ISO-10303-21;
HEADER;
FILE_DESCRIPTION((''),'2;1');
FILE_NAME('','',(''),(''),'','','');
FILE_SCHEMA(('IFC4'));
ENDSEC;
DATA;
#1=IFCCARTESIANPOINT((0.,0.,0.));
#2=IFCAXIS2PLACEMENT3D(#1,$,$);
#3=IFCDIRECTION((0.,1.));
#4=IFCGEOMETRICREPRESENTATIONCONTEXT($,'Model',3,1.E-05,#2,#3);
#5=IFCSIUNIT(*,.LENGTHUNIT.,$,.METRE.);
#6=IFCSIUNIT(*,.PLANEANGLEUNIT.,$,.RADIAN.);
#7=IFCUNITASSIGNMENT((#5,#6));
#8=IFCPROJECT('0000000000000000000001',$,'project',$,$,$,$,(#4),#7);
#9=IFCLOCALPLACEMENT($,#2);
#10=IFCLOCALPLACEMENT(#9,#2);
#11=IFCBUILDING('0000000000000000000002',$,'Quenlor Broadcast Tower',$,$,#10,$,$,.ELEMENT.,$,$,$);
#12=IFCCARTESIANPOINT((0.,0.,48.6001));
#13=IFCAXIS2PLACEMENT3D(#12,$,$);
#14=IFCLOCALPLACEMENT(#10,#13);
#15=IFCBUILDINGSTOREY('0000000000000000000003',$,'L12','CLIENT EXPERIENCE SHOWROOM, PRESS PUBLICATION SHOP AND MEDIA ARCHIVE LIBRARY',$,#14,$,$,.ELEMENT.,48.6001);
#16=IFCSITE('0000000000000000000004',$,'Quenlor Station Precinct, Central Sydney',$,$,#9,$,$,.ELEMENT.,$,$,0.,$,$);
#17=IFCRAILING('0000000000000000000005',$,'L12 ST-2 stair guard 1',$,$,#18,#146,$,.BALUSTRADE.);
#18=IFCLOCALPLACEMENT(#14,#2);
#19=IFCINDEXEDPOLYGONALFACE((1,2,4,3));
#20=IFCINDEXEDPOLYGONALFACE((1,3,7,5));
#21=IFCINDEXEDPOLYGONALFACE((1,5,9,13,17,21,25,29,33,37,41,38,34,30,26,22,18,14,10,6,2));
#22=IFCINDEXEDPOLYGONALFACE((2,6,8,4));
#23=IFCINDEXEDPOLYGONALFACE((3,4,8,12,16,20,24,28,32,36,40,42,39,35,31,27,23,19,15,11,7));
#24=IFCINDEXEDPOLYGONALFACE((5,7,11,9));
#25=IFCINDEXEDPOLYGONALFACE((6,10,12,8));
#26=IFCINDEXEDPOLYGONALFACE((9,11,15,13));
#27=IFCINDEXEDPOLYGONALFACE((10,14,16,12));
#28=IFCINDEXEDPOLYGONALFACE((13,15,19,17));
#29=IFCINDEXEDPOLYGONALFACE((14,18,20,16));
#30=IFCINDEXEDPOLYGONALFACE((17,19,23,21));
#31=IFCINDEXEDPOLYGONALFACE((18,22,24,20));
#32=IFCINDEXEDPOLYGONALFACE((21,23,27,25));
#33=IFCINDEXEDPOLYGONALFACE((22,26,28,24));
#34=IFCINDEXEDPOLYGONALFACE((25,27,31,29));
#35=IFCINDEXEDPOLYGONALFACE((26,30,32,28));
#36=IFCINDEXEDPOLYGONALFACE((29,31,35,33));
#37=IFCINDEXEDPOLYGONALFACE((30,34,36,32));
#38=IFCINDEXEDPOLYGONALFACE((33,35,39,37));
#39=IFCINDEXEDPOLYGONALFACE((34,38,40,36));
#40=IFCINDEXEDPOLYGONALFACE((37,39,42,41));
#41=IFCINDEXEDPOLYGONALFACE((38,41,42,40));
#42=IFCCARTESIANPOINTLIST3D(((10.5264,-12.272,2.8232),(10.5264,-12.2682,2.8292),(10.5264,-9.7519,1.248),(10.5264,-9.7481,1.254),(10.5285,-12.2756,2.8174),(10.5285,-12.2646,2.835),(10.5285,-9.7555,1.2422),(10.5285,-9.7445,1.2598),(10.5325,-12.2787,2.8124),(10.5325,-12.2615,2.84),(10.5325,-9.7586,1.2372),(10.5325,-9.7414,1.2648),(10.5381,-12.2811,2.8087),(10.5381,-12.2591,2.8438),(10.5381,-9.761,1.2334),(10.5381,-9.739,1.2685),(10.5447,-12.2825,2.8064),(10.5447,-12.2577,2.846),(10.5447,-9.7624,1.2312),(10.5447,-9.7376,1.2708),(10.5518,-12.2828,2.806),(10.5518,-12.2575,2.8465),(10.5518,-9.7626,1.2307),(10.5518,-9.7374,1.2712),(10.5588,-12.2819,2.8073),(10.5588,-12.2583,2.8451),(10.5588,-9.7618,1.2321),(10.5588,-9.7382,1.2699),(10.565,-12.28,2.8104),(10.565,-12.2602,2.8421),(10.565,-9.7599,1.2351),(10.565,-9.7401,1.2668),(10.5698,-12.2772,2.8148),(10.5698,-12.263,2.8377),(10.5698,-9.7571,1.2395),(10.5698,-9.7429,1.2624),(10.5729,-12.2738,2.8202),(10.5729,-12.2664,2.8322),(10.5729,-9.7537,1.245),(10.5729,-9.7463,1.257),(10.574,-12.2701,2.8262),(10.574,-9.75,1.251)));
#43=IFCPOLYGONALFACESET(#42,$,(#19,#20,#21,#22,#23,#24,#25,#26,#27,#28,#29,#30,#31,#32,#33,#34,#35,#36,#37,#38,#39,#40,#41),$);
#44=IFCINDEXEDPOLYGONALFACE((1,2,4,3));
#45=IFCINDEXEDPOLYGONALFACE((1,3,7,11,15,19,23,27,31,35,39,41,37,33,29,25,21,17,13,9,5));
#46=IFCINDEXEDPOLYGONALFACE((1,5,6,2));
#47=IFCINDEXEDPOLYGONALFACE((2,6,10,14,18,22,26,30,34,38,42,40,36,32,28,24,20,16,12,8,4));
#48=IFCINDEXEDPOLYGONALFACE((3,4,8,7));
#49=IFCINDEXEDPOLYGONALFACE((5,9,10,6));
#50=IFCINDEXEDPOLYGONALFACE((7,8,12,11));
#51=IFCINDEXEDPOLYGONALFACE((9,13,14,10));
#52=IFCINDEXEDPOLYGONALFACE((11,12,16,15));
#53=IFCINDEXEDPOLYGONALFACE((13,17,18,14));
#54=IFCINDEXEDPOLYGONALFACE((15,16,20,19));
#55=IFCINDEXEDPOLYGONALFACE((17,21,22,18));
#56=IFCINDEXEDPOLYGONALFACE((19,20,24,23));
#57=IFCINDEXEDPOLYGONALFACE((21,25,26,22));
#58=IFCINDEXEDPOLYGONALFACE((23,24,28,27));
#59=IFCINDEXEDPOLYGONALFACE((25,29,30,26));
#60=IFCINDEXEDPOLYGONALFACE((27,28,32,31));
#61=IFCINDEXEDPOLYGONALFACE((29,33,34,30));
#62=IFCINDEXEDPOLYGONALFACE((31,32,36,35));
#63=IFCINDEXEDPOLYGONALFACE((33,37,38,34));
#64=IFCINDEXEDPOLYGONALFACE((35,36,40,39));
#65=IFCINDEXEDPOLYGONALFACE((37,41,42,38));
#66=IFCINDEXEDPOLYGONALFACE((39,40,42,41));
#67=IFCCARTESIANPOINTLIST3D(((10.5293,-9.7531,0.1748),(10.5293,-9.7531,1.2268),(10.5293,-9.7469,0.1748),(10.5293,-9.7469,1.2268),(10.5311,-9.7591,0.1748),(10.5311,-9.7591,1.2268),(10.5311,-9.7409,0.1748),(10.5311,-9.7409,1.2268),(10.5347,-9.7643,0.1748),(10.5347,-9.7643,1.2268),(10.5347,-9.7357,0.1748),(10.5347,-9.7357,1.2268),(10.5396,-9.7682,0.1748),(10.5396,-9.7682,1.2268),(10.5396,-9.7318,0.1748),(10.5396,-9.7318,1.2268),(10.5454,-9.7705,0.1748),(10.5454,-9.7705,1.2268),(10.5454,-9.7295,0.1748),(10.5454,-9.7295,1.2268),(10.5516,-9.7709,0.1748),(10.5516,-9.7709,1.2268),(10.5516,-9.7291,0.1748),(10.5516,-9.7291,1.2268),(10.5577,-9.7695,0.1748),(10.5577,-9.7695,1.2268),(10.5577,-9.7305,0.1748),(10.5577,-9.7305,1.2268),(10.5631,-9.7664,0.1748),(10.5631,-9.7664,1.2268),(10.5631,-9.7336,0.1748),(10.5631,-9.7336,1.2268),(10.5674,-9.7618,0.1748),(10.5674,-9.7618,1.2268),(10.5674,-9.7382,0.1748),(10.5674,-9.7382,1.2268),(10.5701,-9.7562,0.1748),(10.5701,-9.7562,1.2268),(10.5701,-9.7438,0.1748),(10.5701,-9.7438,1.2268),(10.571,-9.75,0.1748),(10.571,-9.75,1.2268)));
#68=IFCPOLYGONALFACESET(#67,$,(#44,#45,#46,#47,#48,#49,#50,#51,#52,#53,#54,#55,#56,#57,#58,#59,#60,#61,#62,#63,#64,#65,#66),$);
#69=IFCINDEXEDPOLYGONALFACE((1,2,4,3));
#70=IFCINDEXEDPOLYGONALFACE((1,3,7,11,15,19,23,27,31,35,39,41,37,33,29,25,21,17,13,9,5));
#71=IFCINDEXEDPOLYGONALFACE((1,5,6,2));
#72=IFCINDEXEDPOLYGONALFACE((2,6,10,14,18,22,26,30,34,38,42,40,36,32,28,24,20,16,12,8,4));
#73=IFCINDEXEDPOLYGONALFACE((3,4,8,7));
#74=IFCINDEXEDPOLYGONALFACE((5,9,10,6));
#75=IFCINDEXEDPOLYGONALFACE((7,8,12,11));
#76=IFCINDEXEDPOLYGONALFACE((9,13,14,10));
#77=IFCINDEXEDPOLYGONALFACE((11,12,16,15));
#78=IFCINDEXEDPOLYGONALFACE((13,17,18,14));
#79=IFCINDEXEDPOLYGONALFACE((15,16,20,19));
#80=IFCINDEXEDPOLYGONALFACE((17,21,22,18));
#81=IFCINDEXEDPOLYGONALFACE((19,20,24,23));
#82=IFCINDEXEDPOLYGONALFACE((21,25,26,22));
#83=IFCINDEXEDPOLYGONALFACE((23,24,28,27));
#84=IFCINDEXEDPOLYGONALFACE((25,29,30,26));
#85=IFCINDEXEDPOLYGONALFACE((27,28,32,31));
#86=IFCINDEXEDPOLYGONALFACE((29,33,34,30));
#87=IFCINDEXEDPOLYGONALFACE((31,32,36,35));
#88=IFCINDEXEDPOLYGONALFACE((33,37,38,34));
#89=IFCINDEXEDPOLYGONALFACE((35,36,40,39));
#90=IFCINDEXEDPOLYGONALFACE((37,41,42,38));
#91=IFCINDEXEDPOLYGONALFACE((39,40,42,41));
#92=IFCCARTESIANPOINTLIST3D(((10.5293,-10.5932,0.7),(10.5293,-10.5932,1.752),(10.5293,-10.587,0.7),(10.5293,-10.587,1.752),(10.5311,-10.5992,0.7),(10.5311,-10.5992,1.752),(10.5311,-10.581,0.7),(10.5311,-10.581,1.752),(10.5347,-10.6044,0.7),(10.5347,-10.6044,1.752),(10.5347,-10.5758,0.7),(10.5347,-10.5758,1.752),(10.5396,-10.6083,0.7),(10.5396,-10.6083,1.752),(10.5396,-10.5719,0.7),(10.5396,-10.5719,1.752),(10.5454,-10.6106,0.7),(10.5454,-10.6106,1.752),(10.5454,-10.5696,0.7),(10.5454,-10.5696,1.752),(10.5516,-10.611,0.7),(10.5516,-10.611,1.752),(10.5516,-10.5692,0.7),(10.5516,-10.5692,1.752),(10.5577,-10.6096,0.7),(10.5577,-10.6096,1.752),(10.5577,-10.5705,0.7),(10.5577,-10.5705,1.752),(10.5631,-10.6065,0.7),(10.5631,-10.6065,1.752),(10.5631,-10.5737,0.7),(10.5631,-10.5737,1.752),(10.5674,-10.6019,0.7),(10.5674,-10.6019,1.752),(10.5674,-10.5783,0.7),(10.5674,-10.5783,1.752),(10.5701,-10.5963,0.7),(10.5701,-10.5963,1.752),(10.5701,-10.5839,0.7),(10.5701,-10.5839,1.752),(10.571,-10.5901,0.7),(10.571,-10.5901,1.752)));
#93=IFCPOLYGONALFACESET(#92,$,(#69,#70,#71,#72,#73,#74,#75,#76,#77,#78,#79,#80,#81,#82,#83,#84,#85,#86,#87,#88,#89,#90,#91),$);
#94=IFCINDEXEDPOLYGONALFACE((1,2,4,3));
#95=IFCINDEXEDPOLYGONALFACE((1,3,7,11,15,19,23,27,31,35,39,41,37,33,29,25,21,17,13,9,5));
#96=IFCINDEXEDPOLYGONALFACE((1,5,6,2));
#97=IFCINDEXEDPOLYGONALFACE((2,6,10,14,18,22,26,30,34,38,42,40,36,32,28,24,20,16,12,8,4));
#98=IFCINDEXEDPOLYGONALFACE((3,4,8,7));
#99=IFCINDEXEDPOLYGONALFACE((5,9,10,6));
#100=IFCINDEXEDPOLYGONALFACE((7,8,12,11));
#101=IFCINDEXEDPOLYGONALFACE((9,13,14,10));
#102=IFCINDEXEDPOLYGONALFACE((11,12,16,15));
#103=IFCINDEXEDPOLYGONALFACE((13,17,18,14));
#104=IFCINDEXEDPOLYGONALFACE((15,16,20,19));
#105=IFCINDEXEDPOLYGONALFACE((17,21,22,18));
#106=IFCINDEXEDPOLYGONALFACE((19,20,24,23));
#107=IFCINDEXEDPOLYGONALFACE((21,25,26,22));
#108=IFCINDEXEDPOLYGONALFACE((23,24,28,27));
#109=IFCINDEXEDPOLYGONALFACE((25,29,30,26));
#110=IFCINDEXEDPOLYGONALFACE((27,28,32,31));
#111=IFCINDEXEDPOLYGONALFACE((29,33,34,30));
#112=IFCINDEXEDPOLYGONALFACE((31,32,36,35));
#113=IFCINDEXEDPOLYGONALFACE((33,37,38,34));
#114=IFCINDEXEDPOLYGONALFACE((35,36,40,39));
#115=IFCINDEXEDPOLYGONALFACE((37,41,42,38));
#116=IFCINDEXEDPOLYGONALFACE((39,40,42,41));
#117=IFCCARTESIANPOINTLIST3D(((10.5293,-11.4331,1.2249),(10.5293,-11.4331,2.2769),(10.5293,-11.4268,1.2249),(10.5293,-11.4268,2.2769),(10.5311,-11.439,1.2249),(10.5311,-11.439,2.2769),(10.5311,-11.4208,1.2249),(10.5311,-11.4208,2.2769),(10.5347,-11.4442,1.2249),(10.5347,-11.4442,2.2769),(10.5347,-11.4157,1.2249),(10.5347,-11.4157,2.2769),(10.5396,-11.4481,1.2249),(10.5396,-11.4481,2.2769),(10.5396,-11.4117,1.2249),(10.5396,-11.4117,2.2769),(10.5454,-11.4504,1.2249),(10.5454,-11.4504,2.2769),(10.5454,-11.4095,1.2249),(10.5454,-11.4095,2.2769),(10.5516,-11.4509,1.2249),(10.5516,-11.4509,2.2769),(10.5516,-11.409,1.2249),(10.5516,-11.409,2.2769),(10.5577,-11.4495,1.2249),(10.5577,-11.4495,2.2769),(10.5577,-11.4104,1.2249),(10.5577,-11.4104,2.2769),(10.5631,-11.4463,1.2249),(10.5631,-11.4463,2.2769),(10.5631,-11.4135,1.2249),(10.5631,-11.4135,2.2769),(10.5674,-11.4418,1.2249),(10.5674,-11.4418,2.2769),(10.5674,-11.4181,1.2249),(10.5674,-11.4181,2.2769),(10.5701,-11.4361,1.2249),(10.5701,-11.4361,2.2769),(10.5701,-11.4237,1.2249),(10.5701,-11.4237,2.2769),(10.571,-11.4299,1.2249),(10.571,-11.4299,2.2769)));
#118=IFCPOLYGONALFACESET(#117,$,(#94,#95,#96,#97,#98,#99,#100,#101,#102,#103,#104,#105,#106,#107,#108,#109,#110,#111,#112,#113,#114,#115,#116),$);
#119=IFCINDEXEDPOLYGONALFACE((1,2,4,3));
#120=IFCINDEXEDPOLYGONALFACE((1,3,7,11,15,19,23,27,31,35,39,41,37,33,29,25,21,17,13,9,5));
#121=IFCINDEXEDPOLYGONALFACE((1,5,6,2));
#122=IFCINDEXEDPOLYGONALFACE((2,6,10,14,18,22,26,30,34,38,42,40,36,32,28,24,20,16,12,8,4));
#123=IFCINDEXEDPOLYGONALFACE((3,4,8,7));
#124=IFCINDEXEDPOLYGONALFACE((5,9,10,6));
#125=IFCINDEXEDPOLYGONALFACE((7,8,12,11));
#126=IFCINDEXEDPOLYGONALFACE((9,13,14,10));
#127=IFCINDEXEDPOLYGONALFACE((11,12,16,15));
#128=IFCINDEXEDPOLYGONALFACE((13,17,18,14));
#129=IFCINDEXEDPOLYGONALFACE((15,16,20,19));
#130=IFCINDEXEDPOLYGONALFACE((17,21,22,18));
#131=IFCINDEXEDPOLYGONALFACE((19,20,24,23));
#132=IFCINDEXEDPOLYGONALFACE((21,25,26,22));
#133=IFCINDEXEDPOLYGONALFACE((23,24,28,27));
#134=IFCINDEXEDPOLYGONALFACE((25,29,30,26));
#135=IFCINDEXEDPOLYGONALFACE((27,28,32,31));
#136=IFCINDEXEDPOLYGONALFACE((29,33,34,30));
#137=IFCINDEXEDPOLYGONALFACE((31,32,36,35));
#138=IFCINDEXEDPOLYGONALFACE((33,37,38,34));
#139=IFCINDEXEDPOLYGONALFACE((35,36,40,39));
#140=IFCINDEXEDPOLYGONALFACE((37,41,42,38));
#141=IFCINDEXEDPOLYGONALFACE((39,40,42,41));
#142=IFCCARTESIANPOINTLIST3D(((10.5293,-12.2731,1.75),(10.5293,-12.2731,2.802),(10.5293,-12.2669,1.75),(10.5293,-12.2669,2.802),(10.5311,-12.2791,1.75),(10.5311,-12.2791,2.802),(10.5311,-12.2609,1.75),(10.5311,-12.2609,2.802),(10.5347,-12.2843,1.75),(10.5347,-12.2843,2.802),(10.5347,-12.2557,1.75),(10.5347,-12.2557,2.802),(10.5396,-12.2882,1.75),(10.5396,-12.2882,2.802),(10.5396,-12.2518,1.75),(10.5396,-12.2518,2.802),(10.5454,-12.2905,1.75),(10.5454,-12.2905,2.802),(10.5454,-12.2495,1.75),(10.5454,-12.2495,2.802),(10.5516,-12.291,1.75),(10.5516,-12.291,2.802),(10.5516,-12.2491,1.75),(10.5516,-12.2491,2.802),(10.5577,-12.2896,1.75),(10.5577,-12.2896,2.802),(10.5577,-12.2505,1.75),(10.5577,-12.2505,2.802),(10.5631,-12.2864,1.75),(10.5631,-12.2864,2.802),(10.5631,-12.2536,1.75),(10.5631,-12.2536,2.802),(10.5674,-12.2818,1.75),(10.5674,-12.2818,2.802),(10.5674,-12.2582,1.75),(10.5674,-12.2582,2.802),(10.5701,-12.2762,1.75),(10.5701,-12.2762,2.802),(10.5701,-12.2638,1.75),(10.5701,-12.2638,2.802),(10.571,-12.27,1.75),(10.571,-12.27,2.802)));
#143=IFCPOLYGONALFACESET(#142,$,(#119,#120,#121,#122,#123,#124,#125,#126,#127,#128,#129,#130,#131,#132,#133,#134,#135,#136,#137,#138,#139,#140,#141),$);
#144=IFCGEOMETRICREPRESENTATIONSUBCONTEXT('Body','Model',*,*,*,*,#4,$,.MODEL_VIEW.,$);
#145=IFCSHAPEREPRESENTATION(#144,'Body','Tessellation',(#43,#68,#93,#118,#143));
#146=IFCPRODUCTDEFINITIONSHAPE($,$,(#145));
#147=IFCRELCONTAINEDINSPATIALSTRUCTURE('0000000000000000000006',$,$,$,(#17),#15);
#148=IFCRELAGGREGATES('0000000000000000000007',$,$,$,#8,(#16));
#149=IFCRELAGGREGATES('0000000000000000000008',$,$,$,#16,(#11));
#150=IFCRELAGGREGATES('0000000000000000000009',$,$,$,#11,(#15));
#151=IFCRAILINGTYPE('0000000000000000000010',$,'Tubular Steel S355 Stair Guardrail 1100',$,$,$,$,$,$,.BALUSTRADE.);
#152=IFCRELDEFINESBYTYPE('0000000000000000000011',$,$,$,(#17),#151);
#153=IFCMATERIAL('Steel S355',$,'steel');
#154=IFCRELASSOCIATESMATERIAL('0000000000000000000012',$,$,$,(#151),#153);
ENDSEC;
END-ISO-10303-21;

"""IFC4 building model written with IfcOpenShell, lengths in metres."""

from ifc_helpers import new_model, si_unit, direction, frame, origin, origin_2d, place, context, subcontext, project, spatial, circle, extrude, material, type_object, element, save


model = new_model("IFC4")

# Units and contexts
model_context = context("Model", 3, precision=1e-05, world=origin(), true_north=direction((0.0, 1.0)))
body_context = subcontext(model_context, "Body", "Model", "MODEL_VIEW")
ifc_project = project(units=[si_unit("LENGTHUNIT", "METRE"), si_unit("PLANEANGLEUNIT", "RADIAN")], contexts=[model_context])

# Site, building, storey
site_placement = place(None, origin())
site = spatial("IfcSite", under=ifc_project, at=site_placement, Name="Quenlor Station Precinct, Central Sydney", CompositionType="ELEMENT", RefElevation=0.0)
building_placement = place(site_placement, origin())
building = spatial("IfcBuilding", under=site, at=building_placement, Name="Quenlor Broadcast Tower", CompositionType="ELEMENT")
storey_placement = place(building_placement, frame((0.0, 0.0, 48.6001)))
storey = spatial("IfcBuildingStorey", under=building, at=storey_placement, Name="L12", Description="CLIENT EXPERIENCE SHOWROOM, PRESS PUBLICATION SHOP AND MEDIA ARCHIVE LIBRARY", CompositionType="ELEMENT", Elevation=48.6001)

# Railing
ifc_material_1 = material(Name="Steel S355", Category="steel")
railing_type_1 = type_object("IfcRailingType", Name="Tubular Steel S355 Stair Guardrail 1100", PredefinedType="BALUSTRADE", material=ifc_material_1)
railing_1_placement = place(storey_placement, frame((10.55, -9.75, 0.1748)))
element("IfcRailing", 1, at=railing_1_placement, inside=storey, type_object=railing_type_1, Name="L12 ST-2 stair guard 1", PredefinedType="BALUSTRADE", context=body_context, shape_type="SweptSolid", body=[
    extrude(circle(Radius=0.0239, at=origin_2d()), frame((0.0, 0.0, 1.0762), z_axis=(0.0, -0.847971, 0.530043), x_axis=(1.0, 0.0, 0.0)), (0.0, 0.0, 1.0), 2.9719),
    extrude(circle(Radius=0.021, at=origin_2d()), origin(), (0.0, 0.0, 1.0), 1.052),
    extrude(circle(Radius=0.021, at=origin_2d()), frame((0.0, -0.8401, 0.5251)), (0.0, 0.0, 1.0), 1.052),
    extrude(circle(Radius=0.021, at=origin_2d()), frame((0.0, -1.6799, 1.05)), (0.0, 0.0, 1.0), 1.052),
    extrude(circle(Radius=0.021, at=origin_2d()), frame((0.0, -2.52, 1.5752)), (0.0, 0.0, 1.0), 1.052),
])

save(model, "model.ifc")
